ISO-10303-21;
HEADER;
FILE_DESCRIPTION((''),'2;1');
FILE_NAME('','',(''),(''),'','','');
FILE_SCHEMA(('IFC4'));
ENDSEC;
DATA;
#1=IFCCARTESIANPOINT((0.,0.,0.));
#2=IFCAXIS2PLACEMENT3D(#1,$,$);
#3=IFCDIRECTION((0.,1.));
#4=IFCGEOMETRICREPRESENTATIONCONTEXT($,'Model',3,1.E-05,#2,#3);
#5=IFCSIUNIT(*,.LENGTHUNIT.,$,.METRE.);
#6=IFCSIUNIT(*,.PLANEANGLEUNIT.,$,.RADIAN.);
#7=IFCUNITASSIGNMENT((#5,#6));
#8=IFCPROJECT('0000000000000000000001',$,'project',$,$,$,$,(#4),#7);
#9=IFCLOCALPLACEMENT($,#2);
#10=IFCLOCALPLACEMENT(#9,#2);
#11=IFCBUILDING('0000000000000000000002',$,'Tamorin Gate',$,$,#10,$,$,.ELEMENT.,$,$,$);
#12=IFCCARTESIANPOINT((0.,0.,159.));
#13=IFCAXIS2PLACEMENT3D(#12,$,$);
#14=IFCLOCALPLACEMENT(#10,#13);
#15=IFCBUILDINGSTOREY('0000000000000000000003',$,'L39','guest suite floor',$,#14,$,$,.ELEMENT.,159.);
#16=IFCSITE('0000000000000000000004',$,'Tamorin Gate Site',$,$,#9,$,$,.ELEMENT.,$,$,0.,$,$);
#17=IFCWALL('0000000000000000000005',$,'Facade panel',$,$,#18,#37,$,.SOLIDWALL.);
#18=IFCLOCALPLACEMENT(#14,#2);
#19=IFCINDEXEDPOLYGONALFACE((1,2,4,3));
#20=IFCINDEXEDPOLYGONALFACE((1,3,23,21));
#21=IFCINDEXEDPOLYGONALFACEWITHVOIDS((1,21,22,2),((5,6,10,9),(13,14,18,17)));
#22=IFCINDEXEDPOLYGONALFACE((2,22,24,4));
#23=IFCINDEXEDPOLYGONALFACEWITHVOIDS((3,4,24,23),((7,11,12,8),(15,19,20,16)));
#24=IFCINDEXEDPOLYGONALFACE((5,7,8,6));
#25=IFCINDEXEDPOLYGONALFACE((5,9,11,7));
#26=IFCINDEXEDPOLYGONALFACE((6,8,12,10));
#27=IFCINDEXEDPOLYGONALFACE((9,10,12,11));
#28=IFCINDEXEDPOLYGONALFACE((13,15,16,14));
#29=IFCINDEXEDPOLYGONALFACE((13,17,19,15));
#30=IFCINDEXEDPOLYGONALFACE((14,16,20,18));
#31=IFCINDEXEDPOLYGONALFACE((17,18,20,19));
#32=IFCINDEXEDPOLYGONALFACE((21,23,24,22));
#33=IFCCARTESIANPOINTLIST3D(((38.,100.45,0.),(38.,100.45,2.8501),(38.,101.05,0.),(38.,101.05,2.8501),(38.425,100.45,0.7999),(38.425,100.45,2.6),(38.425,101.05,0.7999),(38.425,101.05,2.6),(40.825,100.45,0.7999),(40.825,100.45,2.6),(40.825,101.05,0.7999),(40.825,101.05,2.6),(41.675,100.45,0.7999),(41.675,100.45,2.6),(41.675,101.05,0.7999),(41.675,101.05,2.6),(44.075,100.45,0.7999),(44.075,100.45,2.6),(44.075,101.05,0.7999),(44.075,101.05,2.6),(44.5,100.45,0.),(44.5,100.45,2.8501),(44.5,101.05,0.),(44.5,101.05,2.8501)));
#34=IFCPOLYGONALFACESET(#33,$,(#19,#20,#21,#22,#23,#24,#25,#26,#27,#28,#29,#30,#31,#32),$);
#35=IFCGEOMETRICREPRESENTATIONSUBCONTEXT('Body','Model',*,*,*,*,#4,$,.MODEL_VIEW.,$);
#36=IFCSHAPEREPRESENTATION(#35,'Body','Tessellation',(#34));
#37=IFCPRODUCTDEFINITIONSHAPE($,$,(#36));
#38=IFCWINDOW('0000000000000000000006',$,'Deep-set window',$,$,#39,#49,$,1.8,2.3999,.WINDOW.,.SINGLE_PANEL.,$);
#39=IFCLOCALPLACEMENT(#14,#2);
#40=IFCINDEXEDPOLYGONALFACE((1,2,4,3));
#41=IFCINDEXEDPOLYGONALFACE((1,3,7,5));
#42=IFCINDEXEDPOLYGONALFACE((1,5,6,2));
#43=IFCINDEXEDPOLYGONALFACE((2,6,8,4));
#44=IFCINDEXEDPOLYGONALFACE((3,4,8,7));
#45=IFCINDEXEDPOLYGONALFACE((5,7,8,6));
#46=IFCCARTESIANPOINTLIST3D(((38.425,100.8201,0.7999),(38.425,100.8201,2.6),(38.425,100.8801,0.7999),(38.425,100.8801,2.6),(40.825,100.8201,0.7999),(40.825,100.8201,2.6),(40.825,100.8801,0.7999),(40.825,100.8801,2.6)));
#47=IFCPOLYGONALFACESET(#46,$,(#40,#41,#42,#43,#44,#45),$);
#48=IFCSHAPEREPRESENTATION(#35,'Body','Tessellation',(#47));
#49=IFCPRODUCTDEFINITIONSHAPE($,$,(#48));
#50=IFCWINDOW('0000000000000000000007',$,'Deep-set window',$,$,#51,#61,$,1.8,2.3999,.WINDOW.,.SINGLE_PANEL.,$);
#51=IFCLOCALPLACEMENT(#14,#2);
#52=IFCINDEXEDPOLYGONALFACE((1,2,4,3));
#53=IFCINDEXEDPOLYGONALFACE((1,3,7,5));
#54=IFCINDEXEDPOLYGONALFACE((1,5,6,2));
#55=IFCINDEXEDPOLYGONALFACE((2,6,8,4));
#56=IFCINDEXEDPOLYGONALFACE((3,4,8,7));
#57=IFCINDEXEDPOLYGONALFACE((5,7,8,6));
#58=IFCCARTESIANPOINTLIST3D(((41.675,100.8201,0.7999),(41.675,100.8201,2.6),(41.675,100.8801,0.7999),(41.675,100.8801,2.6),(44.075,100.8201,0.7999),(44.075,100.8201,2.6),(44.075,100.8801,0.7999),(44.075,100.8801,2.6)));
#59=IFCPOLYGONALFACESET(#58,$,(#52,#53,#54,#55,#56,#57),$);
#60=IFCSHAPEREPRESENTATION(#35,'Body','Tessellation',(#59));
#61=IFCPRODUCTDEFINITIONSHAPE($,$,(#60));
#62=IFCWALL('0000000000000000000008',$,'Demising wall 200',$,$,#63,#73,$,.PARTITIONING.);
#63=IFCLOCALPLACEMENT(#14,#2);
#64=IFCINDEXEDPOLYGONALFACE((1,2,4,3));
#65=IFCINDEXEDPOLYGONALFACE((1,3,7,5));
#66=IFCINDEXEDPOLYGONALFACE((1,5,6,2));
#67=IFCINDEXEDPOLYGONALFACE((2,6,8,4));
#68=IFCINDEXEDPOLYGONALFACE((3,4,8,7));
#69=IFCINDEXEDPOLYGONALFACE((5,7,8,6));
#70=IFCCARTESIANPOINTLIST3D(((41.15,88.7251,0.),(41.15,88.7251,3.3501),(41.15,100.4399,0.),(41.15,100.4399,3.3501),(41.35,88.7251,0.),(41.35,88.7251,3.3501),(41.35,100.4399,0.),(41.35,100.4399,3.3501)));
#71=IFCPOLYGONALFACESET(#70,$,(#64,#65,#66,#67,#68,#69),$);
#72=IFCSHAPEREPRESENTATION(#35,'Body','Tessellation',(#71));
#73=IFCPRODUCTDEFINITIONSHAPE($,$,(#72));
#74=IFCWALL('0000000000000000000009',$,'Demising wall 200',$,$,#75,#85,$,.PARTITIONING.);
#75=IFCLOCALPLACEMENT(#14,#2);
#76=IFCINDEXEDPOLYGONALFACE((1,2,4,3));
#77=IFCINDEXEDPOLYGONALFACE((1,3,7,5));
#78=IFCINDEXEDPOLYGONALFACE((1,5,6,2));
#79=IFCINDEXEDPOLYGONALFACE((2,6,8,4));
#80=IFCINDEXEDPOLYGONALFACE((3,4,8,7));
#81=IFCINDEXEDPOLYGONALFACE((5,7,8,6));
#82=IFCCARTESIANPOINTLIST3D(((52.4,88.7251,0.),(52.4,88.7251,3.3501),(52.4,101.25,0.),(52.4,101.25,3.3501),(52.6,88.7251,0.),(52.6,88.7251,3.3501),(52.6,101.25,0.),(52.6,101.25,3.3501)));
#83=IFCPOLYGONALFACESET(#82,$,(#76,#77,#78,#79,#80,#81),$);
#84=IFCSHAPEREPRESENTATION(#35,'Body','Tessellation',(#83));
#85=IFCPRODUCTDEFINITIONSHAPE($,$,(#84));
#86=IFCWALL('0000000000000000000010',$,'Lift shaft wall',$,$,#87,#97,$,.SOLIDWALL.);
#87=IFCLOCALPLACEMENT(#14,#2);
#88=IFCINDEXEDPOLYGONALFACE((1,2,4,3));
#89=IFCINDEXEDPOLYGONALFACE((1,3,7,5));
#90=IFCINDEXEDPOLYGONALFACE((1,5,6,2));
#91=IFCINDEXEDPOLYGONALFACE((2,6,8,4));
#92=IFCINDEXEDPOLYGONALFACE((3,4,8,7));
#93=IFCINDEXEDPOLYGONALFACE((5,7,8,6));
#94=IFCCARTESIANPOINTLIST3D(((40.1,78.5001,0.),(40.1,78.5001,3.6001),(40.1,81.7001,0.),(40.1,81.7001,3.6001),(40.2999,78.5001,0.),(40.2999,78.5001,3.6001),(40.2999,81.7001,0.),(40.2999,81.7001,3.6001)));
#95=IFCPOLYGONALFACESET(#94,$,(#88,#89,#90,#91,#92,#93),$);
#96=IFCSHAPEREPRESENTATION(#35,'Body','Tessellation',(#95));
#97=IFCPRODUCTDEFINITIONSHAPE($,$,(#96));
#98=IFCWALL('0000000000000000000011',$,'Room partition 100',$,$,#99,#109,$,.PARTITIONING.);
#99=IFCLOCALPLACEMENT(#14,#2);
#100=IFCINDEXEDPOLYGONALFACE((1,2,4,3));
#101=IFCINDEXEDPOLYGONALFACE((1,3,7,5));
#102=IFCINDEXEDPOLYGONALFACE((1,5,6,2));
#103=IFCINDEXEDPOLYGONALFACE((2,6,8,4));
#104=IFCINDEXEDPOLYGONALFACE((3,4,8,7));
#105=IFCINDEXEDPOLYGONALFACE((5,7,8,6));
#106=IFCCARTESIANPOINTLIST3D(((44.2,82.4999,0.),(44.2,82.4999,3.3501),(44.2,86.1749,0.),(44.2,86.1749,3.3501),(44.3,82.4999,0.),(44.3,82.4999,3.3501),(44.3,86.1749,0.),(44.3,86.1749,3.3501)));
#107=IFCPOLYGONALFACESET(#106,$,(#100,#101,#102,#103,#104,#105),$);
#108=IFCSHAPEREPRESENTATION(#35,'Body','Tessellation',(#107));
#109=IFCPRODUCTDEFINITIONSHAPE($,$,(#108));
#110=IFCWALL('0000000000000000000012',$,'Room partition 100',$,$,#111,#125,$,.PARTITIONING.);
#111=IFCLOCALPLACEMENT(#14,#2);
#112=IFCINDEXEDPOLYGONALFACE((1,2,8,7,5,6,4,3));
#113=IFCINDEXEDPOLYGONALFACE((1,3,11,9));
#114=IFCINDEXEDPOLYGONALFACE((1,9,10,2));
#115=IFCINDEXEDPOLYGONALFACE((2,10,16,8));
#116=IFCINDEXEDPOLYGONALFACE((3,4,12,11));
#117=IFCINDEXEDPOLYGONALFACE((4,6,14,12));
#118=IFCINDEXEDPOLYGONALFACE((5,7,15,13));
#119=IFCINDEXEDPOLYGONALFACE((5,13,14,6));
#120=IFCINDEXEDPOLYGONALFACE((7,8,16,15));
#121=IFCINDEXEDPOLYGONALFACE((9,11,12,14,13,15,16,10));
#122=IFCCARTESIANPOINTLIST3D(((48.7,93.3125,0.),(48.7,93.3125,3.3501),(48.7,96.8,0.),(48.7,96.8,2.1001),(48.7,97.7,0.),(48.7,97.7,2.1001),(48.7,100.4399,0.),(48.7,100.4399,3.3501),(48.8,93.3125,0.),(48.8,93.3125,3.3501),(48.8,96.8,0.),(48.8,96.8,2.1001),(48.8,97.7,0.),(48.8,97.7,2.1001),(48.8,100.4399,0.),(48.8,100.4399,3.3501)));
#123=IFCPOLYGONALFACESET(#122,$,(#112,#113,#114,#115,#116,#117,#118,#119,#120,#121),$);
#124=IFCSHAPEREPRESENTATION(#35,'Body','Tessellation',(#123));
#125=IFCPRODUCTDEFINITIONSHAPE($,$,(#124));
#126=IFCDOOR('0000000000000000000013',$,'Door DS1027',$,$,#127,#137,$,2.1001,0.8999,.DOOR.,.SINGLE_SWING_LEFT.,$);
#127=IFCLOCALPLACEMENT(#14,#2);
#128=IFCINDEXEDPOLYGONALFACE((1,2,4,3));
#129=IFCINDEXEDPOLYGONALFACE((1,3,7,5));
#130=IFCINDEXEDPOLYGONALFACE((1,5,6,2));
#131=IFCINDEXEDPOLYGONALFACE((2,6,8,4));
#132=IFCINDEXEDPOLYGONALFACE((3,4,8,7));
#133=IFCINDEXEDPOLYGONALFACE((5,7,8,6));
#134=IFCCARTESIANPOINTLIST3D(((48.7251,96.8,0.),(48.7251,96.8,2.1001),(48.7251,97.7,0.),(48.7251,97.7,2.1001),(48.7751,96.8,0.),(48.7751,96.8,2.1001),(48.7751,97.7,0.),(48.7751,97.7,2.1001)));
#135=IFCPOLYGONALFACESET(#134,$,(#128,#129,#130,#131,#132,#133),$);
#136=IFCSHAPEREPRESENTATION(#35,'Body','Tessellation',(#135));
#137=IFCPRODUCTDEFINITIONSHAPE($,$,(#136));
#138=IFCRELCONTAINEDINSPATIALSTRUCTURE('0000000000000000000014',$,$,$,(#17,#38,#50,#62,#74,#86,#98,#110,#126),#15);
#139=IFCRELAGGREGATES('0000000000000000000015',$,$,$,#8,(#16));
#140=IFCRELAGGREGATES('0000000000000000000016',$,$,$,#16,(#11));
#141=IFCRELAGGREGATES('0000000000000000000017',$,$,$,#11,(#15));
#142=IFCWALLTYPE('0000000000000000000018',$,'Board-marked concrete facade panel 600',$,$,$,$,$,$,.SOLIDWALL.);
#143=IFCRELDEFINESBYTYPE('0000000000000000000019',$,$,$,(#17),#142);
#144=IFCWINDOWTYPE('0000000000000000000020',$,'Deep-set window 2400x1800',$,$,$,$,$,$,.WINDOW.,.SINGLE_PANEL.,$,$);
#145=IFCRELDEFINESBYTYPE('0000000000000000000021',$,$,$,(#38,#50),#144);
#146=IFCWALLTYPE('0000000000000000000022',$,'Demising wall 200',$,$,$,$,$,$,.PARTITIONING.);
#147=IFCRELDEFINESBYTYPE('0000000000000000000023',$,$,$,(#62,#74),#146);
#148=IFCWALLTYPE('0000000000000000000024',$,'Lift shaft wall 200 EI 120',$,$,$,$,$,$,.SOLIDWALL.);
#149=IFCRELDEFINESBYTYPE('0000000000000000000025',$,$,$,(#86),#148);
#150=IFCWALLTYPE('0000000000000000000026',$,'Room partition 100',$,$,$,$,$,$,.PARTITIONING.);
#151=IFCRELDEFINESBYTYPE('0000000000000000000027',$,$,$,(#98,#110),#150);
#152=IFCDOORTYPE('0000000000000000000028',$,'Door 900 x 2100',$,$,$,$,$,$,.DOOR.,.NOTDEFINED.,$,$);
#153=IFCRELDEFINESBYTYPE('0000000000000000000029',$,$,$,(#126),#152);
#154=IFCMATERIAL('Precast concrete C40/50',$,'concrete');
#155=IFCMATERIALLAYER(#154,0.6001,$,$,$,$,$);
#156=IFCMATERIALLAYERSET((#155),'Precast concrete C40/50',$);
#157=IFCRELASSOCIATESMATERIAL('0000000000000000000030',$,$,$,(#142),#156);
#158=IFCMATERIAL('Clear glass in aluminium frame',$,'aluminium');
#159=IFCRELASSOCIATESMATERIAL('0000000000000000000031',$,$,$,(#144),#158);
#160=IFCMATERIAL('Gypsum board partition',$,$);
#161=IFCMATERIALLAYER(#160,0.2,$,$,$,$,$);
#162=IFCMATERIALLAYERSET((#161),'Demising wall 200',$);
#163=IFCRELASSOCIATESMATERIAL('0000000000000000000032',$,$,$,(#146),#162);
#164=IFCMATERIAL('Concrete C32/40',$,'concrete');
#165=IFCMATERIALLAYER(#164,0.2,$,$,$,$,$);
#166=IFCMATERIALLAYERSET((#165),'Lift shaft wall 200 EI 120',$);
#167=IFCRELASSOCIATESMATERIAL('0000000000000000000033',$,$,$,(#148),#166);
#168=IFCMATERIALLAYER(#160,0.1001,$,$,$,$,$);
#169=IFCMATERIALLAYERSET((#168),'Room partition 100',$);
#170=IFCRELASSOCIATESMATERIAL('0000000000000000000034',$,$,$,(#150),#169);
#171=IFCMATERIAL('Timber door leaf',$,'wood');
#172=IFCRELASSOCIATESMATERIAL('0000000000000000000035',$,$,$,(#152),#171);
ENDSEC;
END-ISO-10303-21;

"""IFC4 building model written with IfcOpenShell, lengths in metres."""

from ifc_helpers import new_model, si_unit, direction, frame, frame_2d, origin, place, context, subcontext, project, spatial, rectangle, extrude, material, layer, layer_set, type_object, element, fill, save


model = new_model("IFC4")

# Units and contexts
model_context = context("Model", 3, precision=1e-05, world=origin(), true_north=direction((0.0, 1.0)))
body_context = subcontext(model_context, "Body", "Model", "MODEL_VIEW")
ifc_project = project(units=[si_unit("LENGTHUNIT", "METRE"), si_unit("PLANEANGLEUNIT", "RADIAN")], contexts=[model_context])

# Site, building, storey
site_placement = place(None, origin())
site = spatial("IfcSite", under=ifc_project, at=site_placement, Name="Tamorin Gate Site", CompositionType="ELEMENT", RefElevation=0.0)
building_placement = place(site_placement, origin())
building = spatial("IfcBuilding", under=site, at=building_placement, Name="Tamorin Gate", CompositionType="ELEMENT")
storey_placement = place(building_placement, frame((0.0, 0.0, 159.0)))
storey = spatial("IfcBuildingStorey", under=building, at=storey_placement, Name="L39", Description="guest suite floor", CompositionType="ELEMENT", Elevation=159.0)

# Wall, openings, windows
ifc_material_1 = material(Name="Precast concrete C40/50", Category="concrete")
ifc_layer_1 = layer(ifc_material_1, 0.6001)
ifc_layer_set_1 = layer_set([ifc_layer_1], Name="Precast concrete C40/50")
wall_type_1 = type_object("IfcWallType", Name="Board-marked concrete facade panel 600", PredefinedType="SOLIDWALL", material=ifc_layer_set_1)
ifc_material_2 = material(Name="Clear glass in aluminium frame", Category="aluminium")
window_type = type_object("IfcWindowType", Name="Deep-set window 2400x1800", PartitioningType="SINGLE_PANEL", PredefinedType="WINDOW", material=ifc_material_2)
wall_1_placement = place(storey_placement, frame((44.5, 100.75, 0.0), z_axis=(0.0, 0.0, 1.0), x_axis=(-1.0, 0.0, 0.0)))
wall_1 = element("IfcWall", 1, at=wall_1_placement, inside=storey, type_object=wall_type_1, Name="Facade panel", PredefinedType="SOLIDWALL", context=body_context, shape_type="SweptSolid", body=[
    extrude(rectangle(XDim=6.5, YDim=0.6001, at=frame_2d((3.25, 0.0))), origin(), (0.0, 0.0, 1.0), 2.8501),
])
opening_1_placement = place(wall_1_placement, frame((3.675, 0.0, 0.8)))
opening_1 = element("IfcOpeningElement", 2, at=opening_1_placement, cuts=wall_1, PredefinedType="OPENING", context=body_context, shape_type="SweptSolid", body=[
    extrude(rectangle(XDim=2.3999, YDim=1.8, at=frame_2d((1.2, 0.8999))), frame((0.0, 0.3101, 0.0), z_axis=(0.0, -1.0, 0.0), x_axis=(1.0, 0.0, 0.0)), (0.0, 0.0, 1.0), 0.6201),
])
opening_2_placement = place(wall_1_placement, frame((0.425, 0.0, 0.8)))
opening_2 = element("IfcOpeningElement", 3, at=opening_2_placement, cuts=wall_1, PredefinedType="OPENING", context=body_context, shape_type="SweptSolid", body=[
    extrude(rectangle(XDim=2.3999, YDim=1.8, at=frame_2d((1.2, 0.8999))), frame((0.0, 0.3101, 0.0), z_axis=(0.0, -1.0, 0.0), x_axis=(1.0, 0.0, 0.0)), (0.0, 0.0, 1.0), 0.6201),
])
window_1_placement = place(opening_1_placement, origin())
window_1 = element("IfcWindow", 4, at=window_1_placement, inside=storey, type_object=window_type, Name="Deep-set window", OverallHeight=1.8, OverallWidth=2.3999, PartitioningType="SINGLE_PANEL", PredefinedType="WINDOW", context=body_context, shape_type="SweptSolid", body=[
    extrude(rectangle(XDim=2.3999, YDim=1.8, at=frame_2d((1.2, 0.8999))), frame((0.0, -0.0701, 0.0), z_axis=(0.0, -1.0, 0.0), x_axis=(1.0, 0.0, 0.0)), (0.0, 0.0, 1.0), 0.0601),
])
fill(opening_1, window_1)
window_2_placement = place(opening_2_placement, origin())
window_2 = element("IfcWindow", 5, at=window_2_placement, inside=storey, type_object=window_type, Name="Deep-set window", OverallHeight=1.8, OverallWidth=2.3999, PartitioningType="SINGLE_PANEL", PredefinedType="WINDOW", context=body_context, shape_type="SweptSolid", body=[
    extrude(rectangle(XDim=2.3999, YDim=1.8, at=frame_2d((1.2, 0.8999))), frame((0.0, -0.0701, 0.0), z_axis=(0.0, -1.0, 0.0), x_axis=(1.0, 0.0, 0.0)), (0.0, 0.0, 1.0), 0.0601),
])
fill(opening_2, window_2)

# Walls
ifc_material_3 = material(Name="Gypsum board partition")
ifc_layer_2 = layer(ifc_material_3, 0.2)
ifc_layer_set_2 = layer_set([ifc_layer_2], Name="Demising wall 200")
wall_type_2 = type_object("IfcWallType", Name="Demising wall 200", PredefinedType="PARTITIONING", material=ifc_layer_set_2)
wall_2_placement = place(storey_placement, frame((41.25, 88.7251, 0.0), z_axis=(0.0, 0.0, 1.0), x_axis=(0.0, 1.0, 0.0)))
element("IfcWall", 6, at=wall_2_placement, inside=storey, type_object=wall_type_2, Name="Demising wall 200", PredefinedType="PARTITIONING", context=body_context, shape_type="SweptSolid", body=[
    extrude(rectangle(XDim=11.7148, YDim=0.2, at=frame_2d((5.8574, 0.0))), origin(), (0.0, 0.0, 1.0), 3.3501),
])
wall_3_placement = place(storey_placement, frame((52.5, 88.7251, 0.0), z_axis=(0.0, 0.0, 1.0), x_axis=(0.0, 1.0, 0.0)))
element("IfcWall", 7, at=wall_3_placement, inside=storey, type_object=wall_type_2, Name="Demising wall 200", PredefinedType="PARTITIONING", context=body_context, shape_type="SweptSolid", body=[
    extrude(rectangle(XDim=12.5249, YDim=0.2, at=frame_2d((6.2625, 0.0))), origin(), (0.0, 0.0, 1.0), 3.3501),
])
ifc_material_4 = material(Name="Concrete C32/40", Category="concrete")
ifc_layer_3 = layer(ifc_material_4, 0.2)
ifc_layer_set_3 = layer_set([ifc_layer_3], Name="Lift shaft wall 200 EI 120")
wall_type_3 = type_object("IfcWallType", Name="Lift shaft wall 200 EI 120", PredefinedType="SOLIDWALL", material=ifc_layer_set_3)
wall_4_placement = place(storey_placement, frame((40.2, 78.5, 0.0), z_axis=(0.0, 0.0, 1.0), x_axis=(0.0, 1.0, 0.0)))
element("IfcWall", 8, at=wall_4_placement, inside=storey, type_object=wall_type_3, Name="Lift shaft wall", PredefinedType="SOLIDWALL", context=body_context, shape_type="SweptSolid", body=[
    extrude(rectangle(XDim=3.2, YDim=0.2, at=frame_2d((1.6001, 0.0))), origin(), (0.0, 0.0, 1.0), 3.6001),
])
ifc_layer_4 = layer(ifc_material_3, 0.1001)
ifc_layer_set_4 = layer_set([ifc_layer_4], Name="Room partition 100")
wall_type_4 = type_object("IfcWallType", Name="Room partition 100", PredefinedType="PARTITIONING", material=ifc_layer_set_4)
wall_5_placement = place(storey_placement, frame((44.25, 82.5, 0.0), z_axis=(0.0, 0.0, 1.0), x_axis=(0.0, 1.0, 0.0)))
element("IfcWall", 9, at=wall_5_placement, inside=storey, type_object=wall_type_4, Name="Room partition 100", PredefinedType="PARTITIONING", context=body_context, shape_type="SweptSolid", body=[
    extrude(rectangle(XDim=3.675, YDim=0.1001, at=frame_2d((1.8374, 0.0))), origin(), (0.0, 0.0, 1.0), 3.3501),
])

# Wall, opening, door
wall_6_placement = place(storey_placement, frame((48.75, 93.3125, 0.0), z_axis=(0.0, 0.0, 1.0), x_axis=(0.0, 1.0, 0.0)))
wall_6 = element("IfcWall", 10, at=wall_6_placement, inside=storey, type_object=wall_type_4, Name="Room partition 100", PredefinedType="PARTITIONING", context=body_context, shape_type="SweptSolid", body=[
    extrude(rectangle(XDim=7.1274, YDim=0.1001, at=frame_2d((3.5637, 0.0))), origin(), (0.0, 0.0, 1.0), 3.3501),
])
opening_3_placement = place(wall_6_placement, frame((3.4875, 0.0, 0.0)))
opening_3 = element("IfcOpeningElement", 11, at=opening_3_placement, cuts=wall_6, PredefinedType="OPENING", context=body_context, shape_type="SweptSolid", body=[
    extrude(rectangle(XDim=0.8999, YDim=2.1001, at=frame_2d((0.45, 1.05))), frame((0.0, 0.0601, 0.0), z_axis=(0.0, -1.0, 0.0), x_axis=(1.0, 0.0, 0.0)), (0.0, 0.0, 1.0), 0.1201),
])
ifc_material_5 = material(Name="Timber door leaf", Category="wood")
door_type = type_object("IfcDoorType", Name="Door 900 x 2100", OperationType="NOTDEFINED", PredefinedType="DOOR", material=ifc_material_5)
door_1_placement = place(opening_3_placement, origin())
door_1 = element("IfcDoor", 12, at=door_1_placement, inside=storey, type_object=door_type, Name="Door DS1027", OperationType="SINGLE_SWING_LEFT", OverallHeight=2.1001, OverallWidth=0.8999, PredefinedType="DOOR", context=body_context, shape_type="SweptSolid", body=[
    extrude(rectangle(XDim=0.8999, YDim=2.1001, at=frame_2d((0.45, 1.05))), frame((0.0, 0.0249, 0.0), z_axis=(0.0, -1.0, 0.0), x_axis=(1.0, 0.0, 0.0)), (0.0, 0.0, 1.0), 0.05),
])
fill(opening_3, door_1)

save(model, "model.ifc")
